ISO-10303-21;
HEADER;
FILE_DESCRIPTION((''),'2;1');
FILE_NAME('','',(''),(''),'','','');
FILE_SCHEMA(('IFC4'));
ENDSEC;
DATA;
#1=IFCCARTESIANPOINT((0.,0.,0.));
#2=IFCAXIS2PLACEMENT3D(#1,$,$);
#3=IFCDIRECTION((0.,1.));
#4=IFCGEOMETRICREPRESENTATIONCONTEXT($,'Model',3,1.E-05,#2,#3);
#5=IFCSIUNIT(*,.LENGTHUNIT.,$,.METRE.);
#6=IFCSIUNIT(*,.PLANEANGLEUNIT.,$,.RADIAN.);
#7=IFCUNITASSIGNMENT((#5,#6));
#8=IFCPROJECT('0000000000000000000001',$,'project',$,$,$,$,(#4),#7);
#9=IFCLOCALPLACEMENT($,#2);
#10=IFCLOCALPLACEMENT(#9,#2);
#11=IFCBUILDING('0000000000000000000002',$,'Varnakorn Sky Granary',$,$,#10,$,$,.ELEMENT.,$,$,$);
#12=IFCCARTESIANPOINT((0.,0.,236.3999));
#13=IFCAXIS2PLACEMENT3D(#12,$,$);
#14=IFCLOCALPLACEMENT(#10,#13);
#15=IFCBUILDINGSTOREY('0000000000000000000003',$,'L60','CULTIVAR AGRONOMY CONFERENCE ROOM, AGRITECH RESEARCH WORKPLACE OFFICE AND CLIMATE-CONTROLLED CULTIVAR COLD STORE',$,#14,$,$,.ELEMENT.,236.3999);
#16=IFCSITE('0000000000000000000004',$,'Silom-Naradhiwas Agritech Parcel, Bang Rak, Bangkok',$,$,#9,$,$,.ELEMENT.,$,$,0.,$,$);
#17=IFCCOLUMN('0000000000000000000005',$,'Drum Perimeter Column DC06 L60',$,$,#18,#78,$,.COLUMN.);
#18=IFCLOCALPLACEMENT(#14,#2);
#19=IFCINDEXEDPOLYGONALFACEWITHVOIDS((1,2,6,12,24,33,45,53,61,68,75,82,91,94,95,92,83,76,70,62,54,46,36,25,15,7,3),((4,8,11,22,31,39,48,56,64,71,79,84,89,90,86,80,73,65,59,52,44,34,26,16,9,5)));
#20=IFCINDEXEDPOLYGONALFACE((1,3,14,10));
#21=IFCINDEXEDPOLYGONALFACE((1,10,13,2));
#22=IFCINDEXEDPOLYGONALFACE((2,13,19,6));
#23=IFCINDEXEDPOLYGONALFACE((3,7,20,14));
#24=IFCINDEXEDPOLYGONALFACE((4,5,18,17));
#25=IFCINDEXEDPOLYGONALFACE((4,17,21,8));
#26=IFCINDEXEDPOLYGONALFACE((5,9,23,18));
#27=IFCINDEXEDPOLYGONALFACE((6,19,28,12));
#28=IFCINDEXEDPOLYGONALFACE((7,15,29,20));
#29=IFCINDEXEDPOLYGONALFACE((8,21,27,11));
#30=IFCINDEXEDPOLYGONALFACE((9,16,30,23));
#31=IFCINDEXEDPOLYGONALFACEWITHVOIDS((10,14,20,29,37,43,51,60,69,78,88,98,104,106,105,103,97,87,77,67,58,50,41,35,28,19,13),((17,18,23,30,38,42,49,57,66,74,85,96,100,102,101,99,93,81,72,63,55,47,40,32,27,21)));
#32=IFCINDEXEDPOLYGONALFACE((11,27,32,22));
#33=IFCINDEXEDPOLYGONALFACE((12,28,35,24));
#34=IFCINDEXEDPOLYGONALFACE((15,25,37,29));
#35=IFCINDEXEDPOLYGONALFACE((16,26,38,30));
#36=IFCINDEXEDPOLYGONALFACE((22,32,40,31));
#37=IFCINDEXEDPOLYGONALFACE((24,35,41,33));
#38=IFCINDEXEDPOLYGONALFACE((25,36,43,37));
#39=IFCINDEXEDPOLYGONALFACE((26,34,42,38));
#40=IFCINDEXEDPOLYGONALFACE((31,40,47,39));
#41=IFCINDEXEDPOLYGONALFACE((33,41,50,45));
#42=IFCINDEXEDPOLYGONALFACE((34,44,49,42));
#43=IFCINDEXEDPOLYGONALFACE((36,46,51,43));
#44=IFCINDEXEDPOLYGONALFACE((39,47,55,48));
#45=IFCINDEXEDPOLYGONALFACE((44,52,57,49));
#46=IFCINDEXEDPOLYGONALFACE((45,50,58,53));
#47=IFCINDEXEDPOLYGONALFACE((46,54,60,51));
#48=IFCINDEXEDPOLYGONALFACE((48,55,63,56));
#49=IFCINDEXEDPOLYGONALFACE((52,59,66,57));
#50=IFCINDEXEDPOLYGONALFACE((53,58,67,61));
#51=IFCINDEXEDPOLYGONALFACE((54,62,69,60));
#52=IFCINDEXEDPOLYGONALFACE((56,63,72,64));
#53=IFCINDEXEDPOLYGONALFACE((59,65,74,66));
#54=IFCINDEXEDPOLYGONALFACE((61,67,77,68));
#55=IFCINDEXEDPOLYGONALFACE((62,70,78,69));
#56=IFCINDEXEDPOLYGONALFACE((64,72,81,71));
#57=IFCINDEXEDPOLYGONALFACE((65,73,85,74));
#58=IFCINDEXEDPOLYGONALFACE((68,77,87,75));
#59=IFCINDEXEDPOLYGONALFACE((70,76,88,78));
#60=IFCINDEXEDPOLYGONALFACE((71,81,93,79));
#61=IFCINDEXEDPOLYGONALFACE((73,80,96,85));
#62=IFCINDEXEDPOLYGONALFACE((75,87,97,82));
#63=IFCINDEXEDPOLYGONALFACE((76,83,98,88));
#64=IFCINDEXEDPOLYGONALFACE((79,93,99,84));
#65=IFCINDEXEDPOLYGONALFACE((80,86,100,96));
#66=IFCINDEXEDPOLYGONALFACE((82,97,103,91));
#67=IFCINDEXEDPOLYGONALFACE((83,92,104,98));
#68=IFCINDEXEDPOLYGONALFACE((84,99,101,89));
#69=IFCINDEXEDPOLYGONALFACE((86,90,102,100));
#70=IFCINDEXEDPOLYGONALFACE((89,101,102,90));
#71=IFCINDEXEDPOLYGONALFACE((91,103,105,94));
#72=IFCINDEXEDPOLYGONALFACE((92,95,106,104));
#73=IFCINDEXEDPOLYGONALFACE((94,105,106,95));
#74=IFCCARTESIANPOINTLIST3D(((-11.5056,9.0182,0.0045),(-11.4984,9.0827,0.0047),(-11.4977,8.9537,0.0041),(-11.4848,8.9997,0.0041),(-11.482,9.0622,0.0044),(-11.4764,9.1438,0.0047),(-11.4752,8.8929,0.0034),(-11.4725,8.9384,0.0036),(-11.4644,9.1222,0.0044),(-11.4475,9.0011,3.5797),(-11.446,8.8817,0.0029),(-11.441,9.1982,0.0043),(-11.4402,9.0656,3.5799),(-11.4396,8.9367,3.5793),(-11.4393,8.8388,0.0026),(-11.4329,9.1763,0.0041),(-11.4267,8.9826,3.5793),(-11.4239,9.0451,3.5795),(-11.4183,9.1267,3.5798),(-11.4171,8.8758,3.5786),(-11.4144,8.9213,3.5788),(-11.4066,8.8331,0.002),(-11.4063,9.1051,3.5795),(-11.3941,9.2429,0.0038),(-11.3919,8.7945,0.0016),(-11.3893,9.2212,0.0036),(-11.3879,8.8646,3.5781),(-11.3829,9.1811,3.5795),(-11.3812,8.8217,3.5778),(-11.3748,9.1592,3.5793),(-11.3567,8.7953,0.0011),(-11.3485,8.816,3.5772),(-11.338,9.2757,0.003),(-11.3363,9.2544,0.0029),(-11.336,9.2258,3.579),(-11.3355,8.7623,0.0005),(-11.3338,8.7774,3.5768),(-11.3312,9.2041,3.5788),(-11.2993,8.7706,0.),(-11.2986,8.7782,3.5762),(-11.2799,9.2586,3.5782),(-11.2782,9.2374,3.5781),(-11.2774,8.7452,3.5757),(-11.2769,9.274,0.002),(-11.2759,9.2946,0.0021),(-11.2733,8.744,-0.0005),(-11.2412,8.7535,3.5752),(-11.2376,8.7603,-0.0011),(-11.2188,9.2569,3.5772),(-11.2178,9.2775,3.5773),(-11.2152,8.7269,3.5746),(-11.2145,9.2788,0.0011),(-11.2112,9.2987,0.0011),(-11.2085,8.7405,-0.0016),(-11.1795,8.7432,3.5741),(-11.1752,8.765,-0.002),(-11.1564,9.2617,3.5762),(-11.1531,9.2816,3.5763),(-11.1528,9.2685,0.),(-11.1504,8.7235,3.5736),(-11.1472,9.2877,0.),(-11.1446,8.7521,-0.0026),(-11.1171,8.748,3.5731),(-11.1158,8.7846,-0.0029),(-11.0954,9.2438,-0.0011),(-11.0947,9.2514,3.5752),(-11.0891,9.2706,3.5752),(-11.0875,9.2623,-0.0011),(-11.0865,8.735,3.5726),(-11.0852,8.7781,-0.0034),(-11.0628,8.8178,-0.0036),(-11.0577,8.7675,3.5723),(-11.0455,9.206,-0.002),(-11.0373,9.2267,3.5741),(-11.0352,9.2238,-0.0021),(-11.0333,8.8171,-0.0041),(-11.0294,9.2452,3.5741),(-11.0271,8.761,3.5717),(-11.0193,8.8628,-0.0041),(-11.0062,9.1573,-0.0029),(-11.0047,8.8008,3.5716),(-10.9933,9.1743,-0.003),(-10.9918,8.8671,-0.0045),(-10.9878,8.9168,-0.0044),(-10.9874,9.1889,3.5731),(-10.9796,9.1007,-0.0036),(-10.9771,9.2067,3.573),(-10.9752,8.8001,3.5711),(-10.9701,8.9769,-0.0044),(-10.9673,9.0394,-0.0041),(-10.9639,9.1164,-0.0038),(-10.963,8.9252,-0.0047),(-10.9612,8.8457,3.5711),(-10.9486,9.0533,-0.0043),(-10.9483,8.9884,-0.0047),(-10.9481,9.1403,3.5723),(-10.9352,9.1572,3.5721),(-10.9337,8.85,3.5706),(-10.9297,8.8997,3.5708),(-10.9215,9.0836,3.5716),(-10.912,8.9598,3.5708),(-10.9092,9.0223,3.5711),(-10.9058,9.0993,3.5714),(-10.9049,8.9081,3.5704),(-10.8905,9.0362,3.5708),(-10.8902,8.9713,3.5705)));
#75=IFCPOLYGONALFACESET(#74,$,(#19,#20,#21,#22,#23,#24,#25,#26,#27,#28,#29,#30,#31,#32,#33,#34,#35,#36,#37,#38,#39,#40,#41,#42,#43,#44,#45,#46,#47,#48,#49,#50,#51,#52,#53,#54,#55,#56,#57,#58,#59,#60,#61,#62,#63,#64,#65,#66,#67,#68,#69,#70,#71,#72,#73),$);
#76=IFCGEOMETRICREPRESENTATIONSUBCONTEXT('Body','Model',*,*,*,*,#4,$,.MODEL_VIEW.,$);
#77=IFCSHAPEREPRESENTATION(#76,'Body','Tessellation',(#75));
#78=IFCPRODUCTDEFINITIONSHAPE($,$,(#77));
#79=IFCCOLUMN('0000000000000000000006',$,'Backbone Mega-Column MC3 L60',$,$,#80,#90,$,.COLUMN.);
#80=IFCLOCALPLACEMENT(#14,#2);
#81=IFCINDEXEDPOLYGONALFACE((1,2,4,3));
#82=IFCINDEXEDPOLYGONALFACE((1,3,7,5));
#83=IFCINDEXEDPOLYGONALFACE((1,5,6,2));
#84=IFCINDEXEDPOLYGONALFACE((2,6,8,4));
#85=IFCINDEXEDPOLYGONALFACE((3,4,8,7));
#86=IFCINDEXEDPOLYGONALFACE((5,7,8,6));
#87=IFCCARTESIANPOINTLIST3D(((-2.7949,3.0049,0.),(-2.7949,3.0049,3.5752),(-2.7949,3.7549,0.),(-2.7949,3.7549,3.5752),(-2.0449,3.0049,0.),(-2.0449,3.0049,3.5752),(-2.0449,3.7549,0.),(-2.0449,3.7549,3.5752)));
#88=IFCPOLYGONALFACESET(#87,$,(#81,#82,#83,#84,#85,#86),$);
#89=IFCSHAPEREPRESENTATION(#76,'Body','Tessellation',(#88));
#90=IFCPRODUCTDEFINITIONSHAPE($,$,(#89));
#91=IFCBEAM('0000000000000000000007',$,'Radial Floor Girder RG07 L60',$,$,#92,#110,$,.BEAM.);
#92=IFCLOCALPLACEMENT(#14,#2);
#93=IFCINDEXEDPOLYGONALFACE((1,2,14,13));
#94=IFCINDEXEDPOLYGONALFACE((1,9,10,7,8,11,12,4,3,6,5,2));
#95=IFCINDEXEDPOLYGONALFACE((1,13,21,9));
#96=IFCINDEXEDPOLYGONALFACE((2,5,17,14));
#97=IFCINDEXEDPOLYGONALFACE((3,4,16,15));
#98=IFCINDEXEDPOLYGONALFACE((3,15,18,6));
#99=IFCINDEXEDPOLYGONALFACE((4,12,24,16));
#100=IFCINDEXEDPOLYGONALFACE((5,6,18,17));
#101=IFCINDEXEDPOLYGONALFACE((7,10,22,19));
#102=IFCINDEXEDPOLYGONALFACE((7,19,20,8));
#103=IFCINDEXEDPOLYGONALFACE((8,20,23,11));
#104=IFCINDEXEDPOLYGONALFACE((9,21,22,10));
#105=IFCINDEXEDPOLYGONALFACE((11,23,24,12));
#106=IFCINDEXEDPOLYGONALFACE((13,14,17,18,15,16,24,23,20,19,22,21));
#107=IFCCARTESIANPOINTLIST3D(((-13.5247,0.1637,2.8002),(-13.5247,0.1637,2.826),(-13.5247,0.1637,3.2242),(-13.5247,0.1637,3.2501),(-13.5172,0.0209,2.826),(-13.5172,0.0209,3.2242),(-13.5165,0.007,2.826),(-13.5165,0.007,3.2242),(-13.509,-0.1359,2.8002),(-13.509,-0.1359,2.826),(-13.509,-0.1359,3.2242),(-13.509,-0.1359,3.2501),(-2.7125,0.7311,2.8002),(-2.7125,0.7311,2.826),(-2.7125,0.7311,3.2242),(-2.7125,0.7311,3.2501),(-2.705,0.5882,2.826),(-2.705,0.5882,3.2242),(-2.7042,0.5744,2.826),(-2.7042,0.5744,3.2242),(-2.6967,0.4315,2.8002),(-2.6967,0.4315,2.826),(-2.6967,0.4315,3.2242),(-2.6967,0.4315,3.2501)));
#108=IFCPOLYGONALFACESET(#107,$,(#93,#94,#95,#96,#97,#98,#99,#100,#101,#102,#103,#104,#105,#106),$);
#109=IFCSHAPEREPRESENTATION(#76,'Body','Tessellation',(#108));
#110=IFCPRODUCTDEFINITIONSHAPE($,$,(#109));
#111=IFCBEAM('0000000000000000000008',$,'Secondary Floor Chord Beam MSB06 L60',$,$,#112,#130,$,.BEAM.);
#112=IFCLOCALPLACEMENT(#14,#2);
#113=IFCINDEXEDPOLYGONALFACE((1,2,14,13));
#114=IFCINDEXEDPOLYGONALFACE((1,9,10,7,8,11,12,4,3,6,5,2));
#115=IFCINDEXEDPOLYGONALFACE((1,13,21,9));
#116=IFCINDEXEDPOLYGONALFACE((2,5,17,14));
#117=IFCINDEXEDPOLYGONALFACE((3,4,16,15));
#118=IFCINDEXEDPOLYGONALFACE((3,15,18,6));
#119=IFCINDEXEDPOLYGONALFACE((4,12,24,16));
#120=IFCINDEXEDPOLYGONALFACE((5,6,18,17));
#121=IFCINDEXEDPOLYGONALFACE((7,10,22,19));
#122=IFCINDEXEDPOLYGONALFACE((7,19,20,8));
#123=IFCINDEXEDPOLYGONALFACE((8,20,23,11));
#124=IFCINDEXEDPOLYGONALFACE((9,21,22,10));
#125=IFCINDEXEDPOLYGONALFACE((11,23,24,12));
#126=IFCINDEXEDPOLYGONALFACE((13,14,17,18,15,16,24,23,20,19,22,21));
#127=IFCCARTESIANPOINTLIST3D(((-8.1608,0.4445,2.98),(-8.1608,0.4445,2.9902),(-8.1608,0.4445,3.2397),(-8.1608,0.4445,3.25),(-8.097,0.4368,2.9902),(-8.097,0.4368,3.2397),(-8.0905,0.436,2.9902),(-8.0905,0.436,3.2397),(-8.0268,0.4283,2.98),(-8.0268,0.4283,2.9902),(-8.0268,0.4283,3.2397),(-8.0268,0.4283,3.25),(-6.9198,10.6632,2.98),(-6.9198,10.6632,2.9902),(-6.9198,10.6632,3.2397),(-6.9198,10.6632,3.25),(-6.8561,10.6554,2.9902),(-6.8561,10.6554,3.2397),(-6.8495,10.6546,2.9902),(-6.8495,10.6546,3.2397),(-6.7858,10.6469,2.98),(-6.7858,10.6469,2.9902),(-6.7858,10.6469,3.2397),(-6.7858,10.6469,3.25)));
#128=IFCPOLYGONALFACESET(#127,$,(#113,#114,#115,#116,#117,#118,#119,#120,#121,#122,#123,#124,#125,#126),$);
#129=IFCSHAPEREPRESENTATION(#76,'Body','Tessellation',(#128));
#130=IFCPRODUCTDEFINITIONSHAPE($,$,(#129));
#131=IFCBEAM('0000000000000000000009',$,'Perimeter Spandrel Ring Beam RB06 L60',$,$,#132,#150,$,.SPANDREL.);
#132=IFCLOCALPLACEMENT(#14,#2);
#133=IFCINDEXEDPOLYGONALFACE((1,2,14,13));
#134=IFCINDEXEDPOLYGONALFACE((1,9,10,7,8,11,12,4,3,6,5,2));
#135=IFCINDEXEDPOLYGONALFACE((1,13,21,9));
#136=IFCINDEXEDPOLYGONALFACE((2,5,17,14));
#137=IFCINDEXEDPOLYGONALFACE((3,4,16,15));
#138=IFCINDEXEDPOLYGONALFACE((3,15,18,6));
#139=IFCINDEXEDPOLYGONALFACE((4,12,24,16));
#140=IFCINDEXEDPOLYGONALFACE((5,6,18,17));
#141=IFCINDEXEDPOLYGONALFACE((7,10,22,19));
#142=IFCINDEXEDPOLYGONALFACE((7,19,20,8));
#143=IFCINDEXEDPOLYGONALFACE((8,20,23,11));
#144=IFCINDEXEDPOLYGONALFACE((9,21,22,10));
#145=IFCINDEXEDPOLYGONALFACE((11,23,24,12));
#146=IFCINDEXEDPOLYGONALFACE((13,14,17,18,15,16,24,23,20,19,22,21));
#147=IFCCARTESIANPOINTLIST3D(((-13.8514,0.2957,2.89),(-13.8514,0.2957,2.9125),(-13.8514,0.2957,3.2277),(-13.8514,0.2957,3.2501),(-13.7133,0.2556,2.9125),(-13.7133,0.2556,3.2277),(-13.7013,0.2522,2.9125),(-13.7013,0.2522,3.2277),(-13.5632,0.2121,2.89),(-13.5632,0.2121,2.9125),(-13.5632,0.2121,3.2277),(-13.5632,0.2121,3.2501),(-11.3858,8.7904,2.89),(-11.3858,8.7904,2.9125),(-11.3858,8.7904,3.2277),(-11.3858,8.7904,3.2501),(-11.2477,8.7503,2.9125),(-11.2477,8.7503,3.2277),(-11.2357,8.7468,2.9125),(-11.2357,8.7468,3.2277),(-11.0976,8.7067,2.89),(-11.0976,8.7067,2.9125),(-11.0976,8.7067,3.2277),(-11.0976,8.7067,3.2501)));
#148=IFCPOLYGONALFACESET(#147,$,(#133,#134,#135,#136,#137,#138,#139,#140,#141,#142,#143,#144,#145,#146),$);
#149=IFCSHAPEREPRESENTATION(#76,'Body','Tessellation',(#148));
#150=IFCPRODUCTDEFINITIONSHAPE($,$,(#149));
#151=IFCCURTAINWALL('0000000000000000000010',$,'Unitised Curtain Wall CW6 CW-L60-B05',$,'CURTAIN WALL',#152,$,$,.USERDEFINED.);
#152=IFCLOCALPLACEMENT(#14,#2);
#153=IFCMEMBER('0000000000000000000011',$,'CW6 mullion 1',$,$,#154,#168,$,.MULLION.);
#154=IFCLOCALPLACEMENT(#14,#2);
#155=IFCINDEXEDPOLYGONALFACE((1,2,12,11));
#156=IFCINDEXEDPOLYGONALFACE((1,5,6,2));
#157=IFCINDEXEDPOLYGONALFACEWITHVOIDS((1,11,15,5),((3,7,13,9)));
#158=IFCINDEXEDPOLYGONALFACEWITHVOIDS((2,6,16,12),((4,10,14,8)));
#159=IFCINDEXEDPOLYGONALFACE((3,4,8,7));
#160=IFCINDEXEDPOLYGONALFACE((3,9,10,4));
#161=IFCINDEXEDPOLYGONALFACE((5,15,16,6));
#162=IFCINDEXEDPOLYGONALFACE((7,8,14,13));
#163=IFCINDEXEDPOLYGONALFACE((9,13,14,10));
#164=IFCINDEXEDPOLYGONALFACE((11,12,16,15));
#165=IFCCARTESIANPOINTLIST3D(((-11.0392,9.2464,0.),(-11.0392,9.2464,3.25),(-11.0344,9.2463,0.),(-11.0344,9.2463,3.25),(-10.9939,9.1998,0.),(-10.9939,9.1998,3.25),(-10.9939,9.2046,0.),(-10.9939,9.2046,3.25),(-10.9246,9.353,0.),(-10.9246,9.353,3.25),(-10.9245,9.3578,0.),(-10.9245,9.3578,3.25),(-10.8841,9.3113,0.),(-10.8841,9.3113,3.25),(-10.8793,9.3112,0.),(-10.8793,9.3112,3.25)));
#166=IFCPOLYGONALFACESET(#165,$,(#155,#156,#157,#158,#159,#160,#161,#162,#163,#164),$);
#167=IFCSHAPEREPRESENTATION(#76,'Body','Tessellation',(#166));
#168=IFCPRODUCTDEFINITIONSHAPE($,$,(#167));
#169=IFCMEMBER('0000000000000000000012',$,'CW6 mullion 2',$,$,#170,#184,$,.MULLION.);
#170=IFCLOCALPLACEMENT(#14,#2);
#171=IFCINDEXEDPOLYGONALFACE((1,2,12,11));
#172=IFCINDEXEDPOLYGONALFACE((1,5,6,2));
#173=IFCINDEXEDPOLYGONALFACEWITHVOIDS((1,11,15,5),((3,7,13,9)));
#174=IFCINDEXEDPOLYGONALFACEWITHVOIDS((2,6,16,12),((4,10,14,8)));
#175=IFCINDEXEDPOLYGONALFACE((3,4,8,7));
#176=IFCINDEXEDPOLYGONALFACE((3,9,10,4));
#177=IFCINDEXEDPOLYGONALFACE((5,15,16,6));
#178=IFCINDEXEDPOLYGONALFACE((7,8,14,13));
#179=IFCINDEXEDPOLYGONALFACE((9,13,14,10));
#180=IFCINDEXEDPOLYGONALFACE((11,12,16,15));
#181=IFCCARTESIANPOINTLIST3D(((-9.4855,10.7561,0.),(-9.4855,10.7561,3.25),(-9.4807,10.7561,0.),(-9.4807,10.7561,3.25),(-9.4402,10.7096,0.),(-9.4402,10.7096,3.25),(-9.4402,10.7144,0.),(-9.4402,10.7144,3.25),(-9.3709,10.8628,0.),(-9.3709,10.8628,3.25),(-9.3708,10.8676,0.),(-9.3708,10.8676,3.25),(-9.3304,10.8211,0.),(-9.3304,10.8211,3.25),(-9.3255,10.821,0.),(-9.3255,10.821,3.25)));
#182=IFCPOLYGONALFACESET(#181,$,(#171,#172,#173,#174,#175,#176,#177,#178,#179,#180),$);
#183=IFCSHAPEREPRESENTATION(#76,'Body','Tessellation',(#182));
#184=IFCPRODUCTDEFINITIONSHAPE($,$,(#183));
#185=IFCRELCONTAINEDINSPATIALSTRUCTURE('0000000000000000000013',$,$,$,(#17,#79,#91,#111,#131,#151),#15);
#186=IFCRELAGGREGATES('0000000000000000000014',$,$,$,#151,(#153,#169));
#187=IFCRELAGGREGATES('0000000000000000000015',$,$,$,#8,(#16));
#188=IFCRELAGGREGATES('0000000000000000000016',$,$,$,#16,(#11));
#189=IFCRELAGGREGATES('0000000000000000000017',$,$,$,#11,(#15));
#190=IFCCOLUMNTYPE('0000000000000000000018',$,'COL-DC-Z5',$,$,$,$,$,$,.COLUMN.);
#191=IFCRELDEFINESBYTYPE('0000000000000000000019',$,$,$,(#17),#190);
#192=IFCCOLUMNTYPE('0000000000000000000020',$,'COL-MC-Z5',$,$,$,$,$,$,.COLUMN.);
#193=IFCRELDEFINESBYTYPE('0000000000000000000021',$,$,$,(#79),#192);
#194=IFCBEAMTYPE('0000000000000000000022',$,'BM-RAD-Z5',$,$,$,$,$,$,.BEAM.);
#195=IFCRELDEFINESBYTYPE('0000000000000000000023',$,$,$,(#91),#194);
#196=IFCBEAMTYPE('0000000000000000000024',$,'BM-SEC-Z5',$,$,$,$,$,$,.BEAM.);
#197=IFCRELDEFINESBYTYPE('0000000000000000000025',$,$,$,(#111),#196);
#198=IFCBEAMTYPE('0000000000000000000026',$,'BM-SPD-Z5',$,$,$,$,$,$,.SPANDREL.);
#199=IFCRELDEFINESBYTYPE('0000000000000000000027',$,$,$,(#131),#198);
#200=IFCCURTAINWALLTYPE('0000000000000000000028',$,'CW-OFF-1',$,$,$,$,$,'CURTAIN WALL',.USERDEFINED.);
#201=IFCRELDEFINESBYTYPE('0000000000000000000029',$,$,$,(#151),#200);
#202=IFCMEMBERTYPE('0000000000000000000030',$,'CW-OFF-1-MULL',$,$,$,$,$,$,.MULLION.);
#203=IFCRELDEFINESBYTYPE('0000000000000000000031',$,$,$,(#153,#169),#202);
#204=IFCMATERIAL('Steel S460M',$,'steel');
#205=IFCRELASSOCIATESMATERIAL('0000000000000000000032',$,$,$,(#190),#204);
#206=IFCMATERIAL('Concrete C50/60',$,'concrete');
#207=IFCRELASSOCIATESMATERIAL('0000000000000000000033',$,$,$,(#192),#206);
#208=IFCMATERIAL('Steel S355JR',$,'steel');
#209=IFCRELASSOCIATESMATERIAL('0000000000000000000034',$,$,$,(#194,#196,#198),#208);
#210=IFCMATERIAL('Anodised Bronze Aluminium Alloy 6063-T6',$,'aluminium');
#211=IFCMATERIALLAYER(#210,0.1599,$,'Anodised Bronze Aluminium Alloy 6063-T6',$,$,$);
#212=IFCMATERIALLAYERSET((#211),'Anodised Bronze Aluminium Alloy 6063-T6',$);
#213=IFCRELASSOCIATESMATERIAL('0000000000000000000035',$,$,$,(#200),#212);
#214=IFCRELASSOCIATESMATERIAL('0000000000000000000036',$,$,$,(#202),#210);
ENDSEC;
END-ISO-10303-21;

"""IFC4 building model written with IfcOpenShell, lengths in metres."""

from ifc_helpers import new_model, si_unit, direction, frame, origin, origin_2d, place, context, subcontext, project, spatial, rectangle, hollow_rectangle, hollow_circle, i_section, extrude, material, layer, layer_set, material_profile, profile_set, type_object, element, aggregate, save


model = new_model("IFC4")

# Units and contexts
model_context = context("Model", 3, precision=1e-05, world=origin(), true_north=direction((0.0, 1.0)))
body_context = subcontext(model_context, "Body", "Model", "MODEL_VIEW")
ifc_project = project(units=[si_unit("LENGTHUNIT", "METRE"), si_unit("PLANEANGLEUNIT", "RADIAN")], contexts=[model_context])

# Site, building, storey
site_placement = place(None, origin())
site = spatial("IfcSite", under=ifc_project, at=site_placement, Name="Silom-Naradhiwas Agritech Parcel, Bang Rak, Bangkok", CompositionType="ELEMENT", RefElevation=0.0)
building_placement = place(site_placement, origin())
building = spatial("IfcBuilding", under=site, at=building_placement, Name="Varnakorn Sky Granary", CompositionType="ELEMENT")
storey_placement = place(building_placement, frame((0.0, 0.0, 236.3999)))
storey = spatial("IfcBuildingStorey", under=building, at=storey_placement, Name="L60", Description="CULTIVAR AGRONOMY CONFERENCE ROOM, AGRITECH RESEARCH WORKPLACE OFFICE AND CLIMATE-CONTROLLED CULTIVAR COLD STORE", CompositionType="ELEMENT", Elevation=236.3999)

# Columns
ifc_material_1 = material(Name="Steel S460M", Category="steel")
ifc_material_profile_1 = material_profile(ifc_material_1, hollow_circle(Radius=0.2795, WallThickness=0.02, at=origin_2d()), Name="CHS 559x20")
ifc_profile_set_1 = profile_set([ifc_material_profile_1], Name="Steel S460M")
column_type_1 = type_object("IfcColumnType", Name="COL-DC-Z5", PredefinedType="COLUMN", material=ifc_profile_set_1)
column_1_placement = place(storey_placement, frame((-11.2261, 9.0195, 0.0), z_axis=(0.01625, -0.004779, 0.999857), x_axis=(0.282166, 0.959366, 0.0)))
element("IfcColumn", 1, at=column_1_placement, inside=storey, type_object=column_type_1, Name="Drum Perimeter Column DC06 L60", PredefinedType="COLUMN", context=body_context, shape_type="SweptSolid", body=[
    extrude(hollow_circle(Radius=0.2795, WallThickness=0.02, at=origin_2d()), origin(), (0.0, 0.0, 1.0), 3.5757),
])
ifc_material_2 = material(Name="Concrete C50/60", Category="concrete")
ifc_material_profile_2 = material_profile(ifc_material_2, rectangle(XDim=0.75, YDim=0.75, at=origin_2d()), Name="RC 750x750")
ifc_profile_set_2 = profile_set([ifc_material_profile_2], Name="Concrete C50/60")
column_type_2 = type_object("IfcColumnType", Name="COL-MC-Z5", PredefinedType="COLUMN", material=ifc_profile_set_2)
column_2_placement = place(storey_placement, frame((-2.4199, 3.3799, 0.0), z_axis=(0.0, 0.0, 1.0), x_axis=(1.0, 0.0, 0.0)))
element("IfcColumn", 2, at=column_2_placement, inside=storey, type_object=column_type_2, Name="Backbone Mega-Column MC3 L60", PredefinedType="COLUMN", context=body_context, shape_type="SweptSolid", body=[
    extrude(rectangle(XDim=0.75, YDim=0.75, at=origin_2d()), origin(), (0.0, 0.0, 1.0), 3.5752),
])

# Beams
ifc_material_3 = material(Name="Steel S355JR", Category="steel")
ifc_material_profile_3 = material_profile(ifc_material_3, i_section(OverallWidth=0.3, OverallDepth=0.45, WebThickness=0.0139, FlangeThickness=0.0259, at=origin_2d()), Name="HE 450 B")
ifc_profile_set_3 = profile_set([ifc_material_profile_3], Name="Steel S355JR")
beam_type_1 = type_object("IfcBeamType", Name="BM-RAD-Z5", PredefinedType="BEAM", material=ifc_profile_set_3)
beam_1_placement = place(storey_placement, frame((-2.7046, 0.5813, 3.0251), z_axis=(-0.998626, -0.052404, 0.0), x_axis=(0.052404, -0.998626, 0.0)))
element("IfcBeam", 3, at=beam_1_placement, inside=storey, type_object=beam_type_1, Name="Radial Floor Girder RG07 L60", PredefinedType="BEAM", context=body_context, shape_type="SweptSolid", body=[
    extrude(i_section(OverallWidth=0.3, OverallDepth=0.45, WebThickness=0.0139, FlangeThickness=0.0259, at=origin_2d()), origin(), (0.0, 0.0, 1.0), 10.8271),
])
ifc_material_profile_4 = material_profile(ifc_material_3, i_section(OverallWidth=0.135, OverallDepth=0.27, WebThickness=0.0066, FlangeThickness=0.0103, at=origin_2d()), Name="IPE 270")
ifc_profile_set_4 = profile_set([ifc_material_profile_4], Name="Steel S355JR")
beam_type_2 = type_object("IfcBeamType", Name="BM-SEC-Z5", PredefinedType="BEAM", material=ifc_profile_set_4)
beam_2_placement = place(storey_placement, frame((-6.8528, 10.655, 3.115), z_axis=(-0.120557, -0.992706, 0.0), x_axis=(0.992706, -0.120557, 0.0)))
element("IfcBeam", 4, at=beam_2_placement, inside=storey, type_object=beam_type_2, Name="Secondary Floor Chord Beam MSB06 L60", PredefinedType="BEAM", context=body_context, shape_type="SweptSolid", body=[
    extrude(i_section(OverallWidth=0.135, OverallDepth=0.27, WebThickness=0.0066, FlangeThickness=0.0103, at=origin_2d()), origin(), (0.0, 0.0, 1.0), 10.2937),
])
ifc_material_profile_5 = material_profile(ifc_material_3, i_section(OverallWidth=0.3, OverallDepth=0.3601, WebThickness=0.0125, FlangeThickness=0.0225, at=origin_2d()), Name="HE 360 B")
ifc_profile_set_5 = profile_set([ifc_material_profile_5], Name="Steel S355JR")
beam_type_3 = type_object("IfcBeamType", Name="BM-SPD-Z5", PredefinedType="SPANDREL", material=ifc_profile_set_5)
beam_3_placement = place(storey_placement, frame((-11.2417, 8.7485, 3.0701), z_axis=(-0.278747, -0.960365, 0.0), x_axis=(0.960365, -0.278747, 0.0)))
element("IfcBeam", 5, at=beam_3_placement, inside=storey, type_object=beam_type_3, Name="Perimeter Spandrel Ring Beam RB06 L60", PredefinedType="SPANDREL", context=body_context, shape_type="SweptSolid", body=[
    extrude(i_section(OverallWidth=0.3, OverallDepth=0.3601, WebThickness=0.0125, FlangeThickness=0.0225, at=origin_2d()), origin(), (0.0, 0.0, 1.0), 8.8452),
])

# Curtain wall, members
ifc_material_4 = material(Name="Anodised Bronze Aluminium Alloy 6063-T6", Category="aluminium")
ifc_layer_1 = layer(ifc_material_4, 0.1599, Name="Anodised Bronze Aluminium Alloy 6063-T6")
ifc_layer_set_1 = layer_set([ifc_layer_1], Name="Anodised Bronze Aluminium Alloy 6063-T6")
curtain_wall_type = type_object("IfcCurtainWallType", Name="CW-OFF-1", ElementType="CURTAIN WALL", PredefinedType="USERDEFINED", material=ifc_layer_set_1)
curtain_wall_placement = place(storey_placement, origin())
curtain_wall = element("IfcCurtainWall", 6, at=curtain_wall_placement, inside=storey, type_object=curtain_wall_type, Name="Unitised Curtain Wall CW6 CW-L60-B05", ObjectType="CURTAIN WALL", PredefinedType="USERDEFINED")
ifc_material_profile_6 = material_profile(ifc_material_4, hollow_rectangle(XDim=0.0649, YDim=0.1599, WallThickness=0.0034, at=origin_2d()), Name="ALU MULL 65x160")
ifc_profile_set_6 = profile_set([ifc_material_profile_6], Name="Anodised Bronze Aluminium Alloy 6063-T6")
member_type_1 = type_object("IfcMemberType", Name="CW-OFF-1-MULL", PredefinedType="MULLION", material=ifc_profile_set_6)
member_1_placement = place(storey_placement, frame((-10.9592, 9.2788, 0.0), z_axis=(0.0, 0.0, 1.0), x_axis=(-0.696915, 0.717154, 0.0)))
member_1 = element("IfcMember", 7, at=member_1_placement, type_object=member_type_1, Name="CW6 mullion 1", PredefinedType="MULLION", context=body_context, shape_type="SweptSolid", body=[
    extrude(hollow_rectangle(XDim=0.0649, YDim=0.1599, WallThickness=0.0034, at=origin_2d()), origin(), (0.0, 0.0, 1.0), 3.25),
])
member_2_placement = place(storey_placement, frame((-9.4055, 10.7886, 0.0), z_axis=(0.0, 0.0, 1.0), x_axis=(-0.696915, 0.717154, 0.0)))
member_2 = element("IfcMember", 8, at=member_2_placement, type_object=member_type_1, Name="CW6 mullion 2", PredefinedType="MULLION", context=body_context, shape_type="SweptSolid", body=[
    extrude(hollow_rectangle(XDim=0.0649, YDim=0.1599, WallThickness=0.0034, at=origin_2d()), origin(), (0.0, 0.0, 1.0), 3.25),
])
aggregate(curtain_wall, [member_1, member_2])

save(model, "model.ifc")
